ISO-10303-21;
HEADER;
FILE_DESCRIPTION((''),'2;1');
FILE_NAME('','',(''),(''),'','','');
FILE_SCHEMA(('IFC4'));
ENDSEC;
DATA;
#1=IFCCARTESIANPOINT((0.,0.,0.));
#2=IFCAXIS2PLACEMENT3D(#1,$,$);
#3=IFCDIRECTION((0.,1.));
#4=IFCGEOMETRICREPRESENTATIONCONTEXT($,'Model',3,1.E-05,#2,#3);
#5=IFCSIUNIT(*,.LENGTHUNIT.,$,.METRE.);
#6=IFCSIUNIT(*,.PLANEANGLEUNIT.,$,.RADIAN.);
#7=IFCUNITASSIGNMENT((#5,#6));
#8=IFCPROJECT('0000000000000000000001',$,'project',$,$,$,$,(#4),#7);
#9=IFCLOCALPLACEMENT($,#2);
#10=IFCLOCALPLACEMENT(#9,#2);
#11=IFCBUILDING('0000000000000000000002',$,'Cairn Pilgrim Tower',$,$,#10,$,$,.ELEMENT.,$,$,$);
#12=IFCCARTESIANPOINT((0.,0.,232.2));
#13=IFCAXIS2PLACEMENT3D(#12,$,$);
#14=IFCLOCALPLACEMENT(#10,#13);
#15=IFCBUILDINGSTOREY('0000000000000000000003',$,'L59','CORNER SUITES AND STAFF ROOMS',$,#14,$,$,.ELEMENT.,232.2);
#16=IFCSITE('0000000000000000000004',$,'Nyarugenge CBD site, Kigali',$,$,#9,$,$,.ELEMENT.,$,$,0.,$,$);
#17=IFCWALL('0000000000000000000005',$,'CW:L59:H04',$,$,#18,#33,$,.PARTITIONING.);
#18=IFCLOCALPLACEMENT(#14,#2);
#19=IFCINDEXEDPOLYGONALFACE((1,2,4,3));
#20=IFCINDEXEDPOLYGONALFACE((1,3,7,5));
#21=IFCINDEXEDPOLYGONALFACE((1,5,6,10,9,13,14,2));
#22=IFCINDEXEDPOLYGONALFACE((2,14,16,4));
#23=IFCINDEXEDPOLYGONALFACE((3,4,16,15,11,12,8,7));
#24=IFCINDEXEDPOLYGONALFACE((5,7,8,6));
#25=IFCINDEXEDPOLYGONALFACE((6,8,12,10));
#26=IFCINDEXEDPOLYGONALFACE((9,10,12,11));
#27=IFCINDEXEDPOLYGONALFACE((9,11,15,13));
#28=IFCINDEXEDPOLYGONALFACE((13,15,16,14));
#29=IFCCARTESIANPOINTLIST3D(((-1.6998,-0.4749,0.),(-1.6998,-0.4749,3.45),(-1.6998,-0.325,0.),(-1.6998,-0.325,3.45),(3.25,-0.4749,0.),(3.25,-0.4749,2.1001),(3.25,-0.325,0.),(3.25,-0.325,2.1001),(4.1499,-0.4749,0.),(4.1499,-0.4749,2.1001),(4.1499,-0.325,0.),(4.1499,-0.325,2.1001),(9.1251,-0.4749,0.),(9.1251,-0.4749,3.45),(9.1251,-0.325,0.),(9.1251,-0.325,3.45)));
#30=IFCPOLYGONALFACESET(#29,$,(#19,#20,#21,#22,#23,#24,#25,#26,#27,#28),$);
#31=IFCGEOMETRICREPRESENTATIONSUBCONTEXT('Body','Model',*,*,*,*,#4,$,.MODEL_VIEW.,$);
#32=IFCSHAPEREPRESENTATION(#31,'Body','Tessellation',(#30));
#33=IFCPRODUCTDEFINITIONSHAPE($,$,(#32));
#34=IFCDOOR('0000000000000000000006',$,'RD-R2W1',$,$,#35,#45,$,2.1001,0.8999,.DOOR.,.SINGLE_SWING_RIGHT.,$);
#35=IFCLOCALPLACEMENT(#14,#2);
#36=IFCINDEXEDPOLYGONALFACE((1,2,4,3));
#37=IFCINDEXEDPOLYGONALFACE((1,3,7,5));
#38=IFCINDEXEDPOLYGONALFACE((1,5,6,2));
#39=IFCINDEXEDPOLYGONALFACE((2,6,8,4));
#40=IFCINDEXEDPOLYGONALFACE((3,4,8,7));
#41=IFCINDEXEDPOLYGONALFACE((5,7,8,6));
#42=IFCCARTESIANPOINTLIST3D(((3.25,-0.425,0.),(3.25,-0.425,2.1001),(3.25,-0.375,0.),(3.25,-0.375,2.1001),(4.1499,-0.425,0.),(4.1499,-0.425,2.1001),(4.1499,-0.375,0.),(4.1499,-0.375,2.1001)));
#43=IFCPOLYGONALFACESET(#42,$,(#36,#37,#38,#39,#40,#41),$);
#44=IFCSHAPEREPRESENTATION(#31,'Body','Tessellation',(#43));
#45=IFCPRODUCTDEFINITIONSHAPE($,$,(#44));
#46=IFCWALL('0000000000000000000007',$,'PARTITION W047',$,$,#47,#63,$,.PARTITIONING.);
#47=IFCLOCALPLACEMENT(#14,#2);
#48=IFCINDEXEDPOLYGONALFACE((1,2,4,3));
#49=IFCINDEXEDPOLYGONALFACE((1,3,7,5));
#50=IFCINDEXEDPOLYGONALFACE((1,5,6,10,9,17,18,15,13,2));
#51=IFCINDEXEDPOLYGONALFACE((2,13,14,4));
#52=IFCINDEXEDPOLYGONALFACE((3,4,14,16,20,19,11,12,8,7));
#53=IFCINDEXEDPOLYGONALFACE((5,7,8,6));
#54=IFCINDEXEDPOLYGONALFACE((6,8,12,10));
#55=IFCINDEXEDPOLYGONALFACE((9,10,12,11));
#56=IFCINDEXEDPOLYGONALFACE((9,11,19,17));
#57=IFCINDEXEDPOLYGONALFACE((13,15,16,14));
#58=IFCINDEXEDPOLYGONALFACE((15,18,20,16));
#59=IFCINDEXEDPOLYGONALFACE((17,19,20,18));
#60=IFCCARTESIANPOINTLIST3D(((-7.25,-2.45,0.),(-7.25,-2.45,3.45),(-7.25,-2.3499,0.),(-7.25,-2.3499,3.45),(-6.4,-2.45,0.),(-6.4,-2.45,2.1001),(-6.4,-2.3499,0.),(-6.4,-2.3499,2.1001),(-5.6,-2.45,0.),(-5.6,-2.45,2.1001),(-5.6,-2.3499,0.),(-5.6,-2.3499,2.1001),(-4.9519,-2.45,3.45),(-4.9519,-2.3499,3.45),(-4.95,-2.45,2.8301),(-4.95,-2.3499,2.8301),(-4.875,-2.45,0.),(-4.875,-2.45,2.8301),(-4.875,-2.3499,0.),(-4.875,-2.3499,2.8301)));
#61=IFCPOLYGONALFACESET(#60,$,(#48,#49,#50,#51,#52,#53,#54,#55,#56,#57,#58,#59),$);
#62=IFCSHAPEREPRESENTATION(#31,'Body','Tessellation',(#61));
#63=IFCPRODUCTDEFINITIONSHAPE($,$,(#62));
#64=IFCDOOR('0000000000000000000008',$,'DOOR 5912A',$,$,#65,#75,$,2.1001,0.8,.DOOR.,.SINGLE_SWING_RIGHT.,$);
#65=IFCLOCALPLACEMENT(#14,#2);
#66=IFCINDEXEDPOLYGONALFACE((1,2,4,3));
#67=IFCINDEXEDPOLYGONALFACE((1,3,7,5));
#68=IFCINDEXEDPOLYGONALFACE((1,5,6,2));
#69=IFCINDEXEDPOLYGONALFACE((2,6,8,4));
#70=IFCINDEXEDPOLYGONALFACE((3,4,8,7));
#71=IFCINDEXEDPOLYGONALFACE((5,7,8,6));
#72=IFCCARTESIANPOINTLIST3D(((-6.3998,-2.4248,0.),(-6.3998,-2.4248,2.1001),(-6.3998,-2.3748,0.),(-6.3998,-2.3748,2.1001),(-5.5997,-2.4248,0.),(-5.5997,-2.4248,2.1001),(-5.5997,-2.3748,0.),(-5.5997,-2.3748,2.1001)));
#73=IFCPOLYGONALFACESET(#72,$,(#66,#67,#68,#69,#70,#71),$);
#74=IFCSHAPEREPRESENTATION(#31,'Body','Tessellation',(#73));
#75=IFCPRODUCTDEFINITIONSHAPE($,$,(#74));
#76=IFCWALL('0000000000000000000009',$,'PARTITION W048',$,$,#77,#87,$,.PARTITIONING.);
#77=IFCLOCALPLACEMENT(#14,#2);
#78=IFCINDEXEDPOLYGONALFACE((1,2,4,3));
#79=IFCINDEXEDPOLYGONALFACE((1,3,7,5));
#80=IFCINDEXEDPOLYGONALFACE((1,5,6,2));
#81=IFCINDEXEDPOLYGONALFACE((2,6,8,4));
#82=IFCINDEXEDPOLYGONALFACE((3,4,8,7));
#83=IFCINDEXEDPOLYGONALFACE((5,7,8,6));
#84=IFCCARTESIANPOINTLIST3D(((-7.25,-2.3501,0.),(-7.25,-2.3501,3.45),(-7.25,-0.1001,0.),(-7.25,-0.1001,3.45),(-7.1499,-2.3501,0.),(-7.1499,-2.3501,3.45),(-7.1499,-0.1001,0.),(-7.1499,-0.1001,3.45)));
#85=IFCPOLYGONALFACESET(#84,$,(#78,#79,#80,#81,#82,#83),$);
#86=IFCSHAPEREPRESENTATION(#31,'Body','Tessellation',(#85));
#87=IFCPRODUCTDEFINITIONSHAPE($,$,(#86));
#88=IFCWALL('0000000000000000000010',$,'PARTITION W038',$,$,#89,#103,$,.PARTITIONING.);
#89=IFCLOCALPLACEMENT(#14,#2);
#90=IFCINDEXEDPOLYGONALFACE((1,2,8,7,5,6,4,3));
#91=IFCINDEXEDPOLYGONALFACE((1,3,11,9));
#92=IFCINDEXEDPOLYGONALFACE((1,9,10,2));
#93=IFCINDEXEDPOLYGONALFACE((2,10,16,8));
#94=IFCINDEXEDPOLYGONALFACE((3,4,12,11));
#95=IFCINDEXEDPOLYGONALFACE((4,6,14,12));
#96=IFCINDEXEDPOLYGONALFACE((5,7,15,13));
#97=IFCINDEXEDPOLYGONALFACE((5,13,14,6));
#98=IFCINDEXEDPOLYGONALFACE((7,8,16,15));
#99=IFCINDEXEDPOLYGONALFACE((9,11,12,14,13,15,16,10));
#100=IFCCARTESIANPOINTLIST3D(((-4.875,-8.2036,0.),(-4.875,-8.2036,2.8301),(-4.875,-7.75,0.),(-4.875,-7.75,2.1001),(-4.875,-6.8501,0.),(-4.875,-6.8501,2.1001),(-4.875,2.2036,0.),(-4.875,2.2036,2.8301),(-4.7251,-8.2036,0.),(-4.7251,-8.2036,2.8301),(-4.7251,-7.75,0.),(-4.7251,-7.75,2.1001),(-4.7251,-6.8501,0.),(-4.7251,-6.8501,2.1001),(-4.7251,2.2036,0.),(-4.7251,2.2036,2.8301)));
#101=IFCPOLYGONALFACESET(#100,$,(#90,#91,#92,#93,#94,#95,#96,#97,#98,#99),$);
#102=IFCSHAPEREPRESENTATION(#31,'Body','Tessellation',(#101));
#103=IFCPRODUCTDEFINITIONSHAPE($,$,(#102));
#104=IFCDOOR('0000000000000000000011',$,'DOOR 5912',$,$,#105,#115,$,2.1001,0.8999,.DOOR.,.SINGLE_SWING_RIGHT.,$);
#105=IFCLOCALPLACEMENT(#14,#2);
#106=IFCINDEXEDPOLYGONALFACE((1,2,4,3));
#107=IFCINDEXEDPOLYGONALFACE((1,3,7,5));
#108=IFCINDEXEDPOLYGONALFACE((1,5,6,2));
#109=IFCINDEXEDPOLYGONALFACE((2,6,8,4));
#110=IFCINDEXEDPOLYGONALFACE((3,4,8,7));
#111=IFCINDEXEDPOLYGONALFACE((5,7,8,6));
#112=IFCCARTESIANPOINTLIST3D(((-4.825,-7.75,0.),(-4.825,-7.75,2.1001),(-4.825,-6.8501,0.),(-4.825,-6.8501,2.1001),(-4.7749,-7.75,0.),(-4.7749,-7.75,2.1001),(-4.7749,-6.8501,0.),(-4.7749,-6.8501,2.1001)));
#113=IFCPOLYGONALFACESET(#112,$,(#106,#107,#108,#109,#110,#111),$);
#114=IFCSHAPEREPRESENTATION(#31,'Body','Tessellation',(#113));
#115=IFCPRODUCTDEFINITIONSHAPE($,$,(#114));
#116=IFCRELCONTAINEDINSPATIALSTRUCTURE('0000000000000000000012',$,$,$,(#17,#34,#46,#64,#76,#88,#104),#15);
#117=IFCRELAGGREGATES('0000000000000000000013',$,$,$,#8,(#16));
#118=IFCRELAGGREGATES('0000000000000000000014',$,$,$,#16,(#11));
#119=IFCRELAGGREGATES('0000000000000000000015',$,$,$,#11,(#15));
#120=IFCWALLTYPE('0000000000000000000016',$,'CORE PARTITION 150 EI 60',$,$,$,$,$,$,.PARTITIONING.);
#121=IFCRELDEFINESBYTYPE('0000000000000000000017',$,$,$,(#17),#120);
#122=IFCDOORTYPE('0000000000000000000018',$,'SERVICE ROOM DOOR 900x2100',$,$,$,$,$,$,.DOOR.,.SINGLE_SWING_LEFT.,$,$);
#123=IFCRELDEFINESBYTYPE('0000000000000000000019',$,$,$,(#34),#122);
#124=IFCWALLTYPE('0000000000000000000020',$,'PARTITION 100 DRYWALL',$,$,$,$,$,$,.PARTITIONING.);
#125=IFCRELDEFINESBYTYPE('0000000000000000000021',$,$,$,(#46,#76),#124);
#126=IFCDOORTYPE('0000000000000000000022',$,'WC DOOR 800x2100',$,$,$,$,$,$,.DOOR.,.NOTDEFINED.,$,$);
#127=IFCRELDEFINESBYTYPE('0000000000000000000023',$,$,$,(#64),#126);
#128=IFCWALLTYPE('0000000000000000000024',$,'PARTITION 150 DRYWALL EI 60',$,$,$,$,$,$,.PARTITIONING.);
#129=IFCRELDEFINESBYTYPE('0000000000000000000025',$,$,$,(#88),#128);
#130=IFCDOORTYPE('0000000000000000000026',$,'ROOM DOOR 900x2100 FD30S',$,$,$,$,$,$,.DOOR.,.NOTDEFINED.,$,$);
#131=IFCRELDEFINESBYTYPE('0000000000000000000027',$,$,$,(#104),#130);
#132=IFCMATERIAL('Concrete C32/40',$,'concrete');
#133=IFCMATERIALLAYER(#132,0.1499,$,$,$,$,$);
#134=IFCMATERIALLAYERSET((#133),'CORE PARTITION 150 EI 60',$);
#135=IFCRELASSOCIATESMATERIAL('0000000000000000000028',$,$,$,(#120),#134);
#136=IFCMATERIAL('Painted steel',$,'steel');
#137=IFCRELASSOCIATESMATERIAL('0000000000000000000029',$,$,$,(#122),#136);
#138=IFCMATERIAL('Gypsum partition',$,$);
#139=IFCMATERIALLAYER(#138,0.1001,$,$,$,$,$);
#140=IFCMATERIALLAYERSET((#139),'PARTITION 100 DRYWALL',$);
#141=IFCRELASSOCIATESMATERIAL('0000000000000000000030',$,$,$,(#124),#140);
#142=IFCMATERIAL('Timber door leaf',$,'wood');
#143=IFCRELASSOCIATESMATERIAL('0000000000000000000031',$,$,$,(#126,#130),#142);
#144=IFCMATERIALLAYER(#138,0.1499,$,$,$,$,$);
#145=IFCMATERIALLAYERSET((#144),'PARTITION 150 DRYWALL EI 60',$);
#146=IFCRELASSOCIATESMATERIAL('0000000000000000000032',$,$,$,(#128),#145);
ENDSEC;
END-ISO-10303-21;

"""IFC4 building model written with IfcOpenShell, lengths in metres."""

from ifc_helpers import new_model, si_unit, direction, frame, frame_2d, origin, place, context, subcontext, project, spatial, polyline, rectangle, outline, extrude, material, layer, layer_set, type_object, element, fill, save


model = new_model("IFC4")

# Units and contexts
model_context = context("Model", 3, precision=1e-05, world=origin(), true_north=direction((0.0, 1.0)))
body_context = subcontext(model_context, "Body", "Model", "MODEL_VIEW")
ifc_project = project(units=[si_unit("LENGTHUNIT", "METRE"), si_unit("PLANEANGLEUNIT", "RADIAN")], contexts=[model_context])

# Site, building, storey
site_placement = place(None, origin())
site = spatial("IfcSite", under=ifc_project, at=site_placement, Name="Nyarugenge CBD site, Kigali", CompositionType="ELEMENT", RefElevation=0.0)
building_placement = place(site_placement, origin())
building = spatial("IfcBuilding", under=site, at=building_placement, Name="Cairn Pilgrim Tower", CompositionType="ELEMENT")
storey_placement = place(building_placement, frame((0.0, 0.0, 232.2)))
storey = spatial("IfcBuildingStorey", under=building, at=storey_placement, Name="L59", Description="CORNER SUITES AND STAFF ROOMS", CompositionType="ELEMENT", Elevation=232.2)

# Shared definitions
ifc_material_1 = material(Name="Concrete C32/40", Category="concrete")

# Shared definitions
ifc_material_2 = material(Name="Painted steel", Category="steel")
ifc_layer_1 = layer(ifc_material_1, 0.1499)
ifc_layer_set_1 = layer_set([ifc_layer_1], Name="CORE PARTITION 150 EI 60")
wall_type_1 = type_object("IfcWallType", Name="CORE PARTITION 150 EI 60", PredefinedType="PARTITIONING", material=ifc_layer_set_1)
door_type_1 = type_object("IfcDoorType", Name="SERVICE ROOM DOOR 900x2100", OperationType="SINGLE_SWING_LEFT", PredefinedType="DOOR", material=ifc_material_2)

# Walls, openings, doors
wall_1_placement = place(storey_placement, frame((-1.7, -0.3999, 0.0), z_axis=(0.0, 0.0, 1.0), x_axis=(1.0, 0.0, 0.0)))
wall_1 = element("IfcWall", 1, at=wall_1_placement, inside=storey, type_object=wall_type_1, Name="CW:L59:H04", PredefinedType="PARTITIONING", context=body_context, shape_type="SweptSolid", body=[
    extrude(rectangle(XDim=10.825, YDim=0.1499, at=frame_2d((5.4126, 0.0))), origin(), (0.0, 0.0, 1.0), 3.45),
])
opening_1_placement = place(wall_1_placement, frame((4.95, 0.0, 0.0)))
opening_1 = element("IfcOpeningElement", 2, at=opening_1_placement, cuts=wall_1, PredefinedType="OPENING", context=body_context, shape_type="SweptSolid", body=[
    extrude(rectangle(XDim=0.8999, YDim=2.1001, at=frame_2d((0.45, 1.05))), frame((0.0, 0.085, 0.0), z_axis=(0.0, -1.0, 0.0), x_axis=(1.0, 0.0, 0.0)), (0.0, 0.0, 1.0), 0.1699),
])
door_1_placement = place(opening_1_placement, origin())
door_1 = element("IfcDoor", 3, at=door_1_placement, inside=storey, type_object=door_type_1, Name="RD-R2W1", OperationType="SINGLE_SWING_RIGHT", OverallHeight=2.1001, OverallWidth=0.8999, PredefinedType="DOOR", context=body_context, shape_type="SweptSolid", body=[
    extrude(rectangle(XDim=0.8999, YDim=2.1001, at=frame_2d((0.45, 1.05))), frame((0.0, 0.0249, 0.0), z_axis=(0.0, -1.0, 0.0), x_axis=(1.0, 0.0, 0.0)), (0.0, 0.0, 1.0), 0.05),
])
fill(opening_1, door_1)
ifc_material_3 = material(Name="Gypsum partition")
ifc_layer_2 = layer(ifc_material_3, 0.1001)
ifc_layer_set_2 = layer_set([ifc_layer_2], Name="PARTITION 100 DRYWALL")
wall_type_2 = type_object("IfcWallType", Name="PARTITION 100 DRYWALL", PredefinedType="PARTITIONING", material=ifc_layer_set_2)
wall_2_placement = place(storey_placement, frame((-7.25, -2.3999, 0.0), z_axis=(0.0, 0.0, 1.0), x_axis=(1.0, 0.0, 0.0)))
wall_2 = element("IfcWall", 4, at=wall_2_placement, inside=storey, type_object=wall_type_2, Name="PARTITION W047", PredefinedType="PARTITIONING", context=body_context, shape_type="SweptSolid", body=[
    extrude(outline(polyline([(0.0, 0.0), (2.375, 0.0), (2.375, 2.8301), (2.3, 2.8301), (2.2981, 3.45), (0.0, 3.45), (0.0, 0.0)])), frame((0.0, 0.05, 0.0), z_axis=(0.0, -1.0, 0.0), x_axis=(1.0, 0.0, 0.0)), (0.0, 0.0, 1.0), 0.1001),
])
opening_2_placement = place(wall_2_placement, frame((0.8501, 0.0, 0.0)))
opening_2 = element("IfcOpeningElement", 5, at=opening_2_placement, cuts=wall_2, PredefinedType="OPENING", context=body_context, shape_type="SweptSolid", body=[
    extrude(rectangle(XDim=0.8, YDim=2.1001, at=frame_2d((0.3999, 1.05))), frame((0.0, 0.0601, 0.0), z_axis=(0.0, -1.0, 0.0), x_axis=(1.0, 0.0, 0.0)), (0.0, 0.0, 1.0), 0.1201),
])
ifc_material_4 = material(Name="Timber door leaf", Category="wood")
door_type_2 = type_object("IfcDoorType", Name="WC DOOR 800x2100", OperationType="NOTDEFINED", PredefinedType="DOOR", material=ifc_material_4)
door_2_placement = place(opening_2_placement, frame((0.8, 0.0, 0.0), z_axis=(0.0, 0.0, 1.0), x_axis=(-1.0, 0.0, 0.0)))
door_2 = element("IfcDoor", 6, at=door_2_placement, inside=storey, type_object=door_type_2, Name="DOOR 5912A", OperationType="SINGLE_SWING_RIGHT", OverallHeight=2.1001, OverallWidth=0.8, PredefinedType="DOOR", context=body_context, shape_type="SweptSolid", body=[
    extrude(rectangle(XDim=0.8, YDim=2.1001, at=frame_2d((0.3999, 1.05))), frame((0.0, 0.0249, 0.0), z_axis=(0.0, -1.0, 0.0), x_axis=(1.0, 0.0, 0.0)), (0.0, 0.0, 1.0), 0.05),
])
fill(opening_2, door_2)

# Wall
wall_3_placement = place(storey_placement, frame((-7.2, -2.3501, 0.0), z_axis=(0.0, 0.0, 1.0), x_axis=(0.0, 1.0, 0.0)))
element("IfcWall", 7, at=wall_3_placement, inside=storey, type_object=wall_type_2, Name="PARTITION W048", PredefinedType="PARTITIONING", context=body_context, shape_type="SweptSolid", body=[
    extrude(rectangle(XDim=2.25, YDim=0.1001, at=frame_2d((1.125, 0.0))), origin(), (0.0, 0.0, 1.0), 3.45),
])

# Wall, opening, door
ifc_layer_3 = layer(ifc_material_3, 0.1499)
ifc_layer_set_3 = layer_set([ifc_layer_3], Name="PARTITION 150 DRYWALL EI 60")
wall_type_3 = type_object("IfcWallType", Name="PARTITION 150 DRYWALL EI 60", PredefinedType="PARTITIONING", material=ifc_layer_set_3)
wall_4_placement = place(storey_placement, frame((-4.8, -8.2036, 0.0), z_axis=(0.0, 0.0, 1.0), x_axis=(0.0, 1.0, 0.0)))
wall_4 = element("IfcWall", 8, at=wall_4_placement, inside=storey, type_object=wall_type_3, Name="PARTITION W038", PredefinedType="PARTITIONING", context=body_context, shape_type="SweptSolid", body=[
    extrude(rectangle(XDim=10.4072, YDim=0.1499, at=frame_2d((5.2036, 0.0))), origin(), (0.0, 0.0, 1.0), 2.8301),
])
opening_3_placement = place(wall_4_placement, frame((0.4536, 0.0, 0.0)))
opening_3 = element("IfcOpeningElement", 9, at=opening_3_placement, cuts=wall_4, PredefinedType="OPENING", context=body_context, shape_type="SweptSolid", body=[
    extrude(rectangle(XDim=0.8999, YDim=2.1001, at=frame_2d((0.45, 1.05))), frame((0.0, 0.085, 0.0), z_axis=(0.0, -1.0, 0.0), x_axis=(1.0, 0.0, 0.0)), (0.0, 0.0, 1.0), 0.1699),
])
door_type_3 = type_object("IfcDoorType", Name="ROOM DOOR 900x2100 FD30S", OperationType="NOTDEFINED", PredefinedType="DOOR", material=ifc_material_4)
door_3_placement = place(opening_3_placement, origin())
door_3 = element("IfcDoor", 10, at=door_3_placement, inside=storey, type_object=door_type_3, Name="DOOR 5912", OperationType="SINGLE_SWING_RIGHT", OverallHeight=2.1001, OverallWidth=0.8999, PredefinedType="DOOR", context=body_context, shape_type="SweptSolid", body=[
    extrude(rectangle(XDim=0.8999, YDim=2.1001, at=frame_2d((0.45, 1.05))), frame((0.0, 0.0249, 0.0), z_axis=(0.0, -1.0, 0.0), x_axis=(1.0, 0.0, 0.0)), (0.0, 0.0, 1.0), 0.05),
])
fill(opening_3, door_3)

save(model, "model.ifc")
